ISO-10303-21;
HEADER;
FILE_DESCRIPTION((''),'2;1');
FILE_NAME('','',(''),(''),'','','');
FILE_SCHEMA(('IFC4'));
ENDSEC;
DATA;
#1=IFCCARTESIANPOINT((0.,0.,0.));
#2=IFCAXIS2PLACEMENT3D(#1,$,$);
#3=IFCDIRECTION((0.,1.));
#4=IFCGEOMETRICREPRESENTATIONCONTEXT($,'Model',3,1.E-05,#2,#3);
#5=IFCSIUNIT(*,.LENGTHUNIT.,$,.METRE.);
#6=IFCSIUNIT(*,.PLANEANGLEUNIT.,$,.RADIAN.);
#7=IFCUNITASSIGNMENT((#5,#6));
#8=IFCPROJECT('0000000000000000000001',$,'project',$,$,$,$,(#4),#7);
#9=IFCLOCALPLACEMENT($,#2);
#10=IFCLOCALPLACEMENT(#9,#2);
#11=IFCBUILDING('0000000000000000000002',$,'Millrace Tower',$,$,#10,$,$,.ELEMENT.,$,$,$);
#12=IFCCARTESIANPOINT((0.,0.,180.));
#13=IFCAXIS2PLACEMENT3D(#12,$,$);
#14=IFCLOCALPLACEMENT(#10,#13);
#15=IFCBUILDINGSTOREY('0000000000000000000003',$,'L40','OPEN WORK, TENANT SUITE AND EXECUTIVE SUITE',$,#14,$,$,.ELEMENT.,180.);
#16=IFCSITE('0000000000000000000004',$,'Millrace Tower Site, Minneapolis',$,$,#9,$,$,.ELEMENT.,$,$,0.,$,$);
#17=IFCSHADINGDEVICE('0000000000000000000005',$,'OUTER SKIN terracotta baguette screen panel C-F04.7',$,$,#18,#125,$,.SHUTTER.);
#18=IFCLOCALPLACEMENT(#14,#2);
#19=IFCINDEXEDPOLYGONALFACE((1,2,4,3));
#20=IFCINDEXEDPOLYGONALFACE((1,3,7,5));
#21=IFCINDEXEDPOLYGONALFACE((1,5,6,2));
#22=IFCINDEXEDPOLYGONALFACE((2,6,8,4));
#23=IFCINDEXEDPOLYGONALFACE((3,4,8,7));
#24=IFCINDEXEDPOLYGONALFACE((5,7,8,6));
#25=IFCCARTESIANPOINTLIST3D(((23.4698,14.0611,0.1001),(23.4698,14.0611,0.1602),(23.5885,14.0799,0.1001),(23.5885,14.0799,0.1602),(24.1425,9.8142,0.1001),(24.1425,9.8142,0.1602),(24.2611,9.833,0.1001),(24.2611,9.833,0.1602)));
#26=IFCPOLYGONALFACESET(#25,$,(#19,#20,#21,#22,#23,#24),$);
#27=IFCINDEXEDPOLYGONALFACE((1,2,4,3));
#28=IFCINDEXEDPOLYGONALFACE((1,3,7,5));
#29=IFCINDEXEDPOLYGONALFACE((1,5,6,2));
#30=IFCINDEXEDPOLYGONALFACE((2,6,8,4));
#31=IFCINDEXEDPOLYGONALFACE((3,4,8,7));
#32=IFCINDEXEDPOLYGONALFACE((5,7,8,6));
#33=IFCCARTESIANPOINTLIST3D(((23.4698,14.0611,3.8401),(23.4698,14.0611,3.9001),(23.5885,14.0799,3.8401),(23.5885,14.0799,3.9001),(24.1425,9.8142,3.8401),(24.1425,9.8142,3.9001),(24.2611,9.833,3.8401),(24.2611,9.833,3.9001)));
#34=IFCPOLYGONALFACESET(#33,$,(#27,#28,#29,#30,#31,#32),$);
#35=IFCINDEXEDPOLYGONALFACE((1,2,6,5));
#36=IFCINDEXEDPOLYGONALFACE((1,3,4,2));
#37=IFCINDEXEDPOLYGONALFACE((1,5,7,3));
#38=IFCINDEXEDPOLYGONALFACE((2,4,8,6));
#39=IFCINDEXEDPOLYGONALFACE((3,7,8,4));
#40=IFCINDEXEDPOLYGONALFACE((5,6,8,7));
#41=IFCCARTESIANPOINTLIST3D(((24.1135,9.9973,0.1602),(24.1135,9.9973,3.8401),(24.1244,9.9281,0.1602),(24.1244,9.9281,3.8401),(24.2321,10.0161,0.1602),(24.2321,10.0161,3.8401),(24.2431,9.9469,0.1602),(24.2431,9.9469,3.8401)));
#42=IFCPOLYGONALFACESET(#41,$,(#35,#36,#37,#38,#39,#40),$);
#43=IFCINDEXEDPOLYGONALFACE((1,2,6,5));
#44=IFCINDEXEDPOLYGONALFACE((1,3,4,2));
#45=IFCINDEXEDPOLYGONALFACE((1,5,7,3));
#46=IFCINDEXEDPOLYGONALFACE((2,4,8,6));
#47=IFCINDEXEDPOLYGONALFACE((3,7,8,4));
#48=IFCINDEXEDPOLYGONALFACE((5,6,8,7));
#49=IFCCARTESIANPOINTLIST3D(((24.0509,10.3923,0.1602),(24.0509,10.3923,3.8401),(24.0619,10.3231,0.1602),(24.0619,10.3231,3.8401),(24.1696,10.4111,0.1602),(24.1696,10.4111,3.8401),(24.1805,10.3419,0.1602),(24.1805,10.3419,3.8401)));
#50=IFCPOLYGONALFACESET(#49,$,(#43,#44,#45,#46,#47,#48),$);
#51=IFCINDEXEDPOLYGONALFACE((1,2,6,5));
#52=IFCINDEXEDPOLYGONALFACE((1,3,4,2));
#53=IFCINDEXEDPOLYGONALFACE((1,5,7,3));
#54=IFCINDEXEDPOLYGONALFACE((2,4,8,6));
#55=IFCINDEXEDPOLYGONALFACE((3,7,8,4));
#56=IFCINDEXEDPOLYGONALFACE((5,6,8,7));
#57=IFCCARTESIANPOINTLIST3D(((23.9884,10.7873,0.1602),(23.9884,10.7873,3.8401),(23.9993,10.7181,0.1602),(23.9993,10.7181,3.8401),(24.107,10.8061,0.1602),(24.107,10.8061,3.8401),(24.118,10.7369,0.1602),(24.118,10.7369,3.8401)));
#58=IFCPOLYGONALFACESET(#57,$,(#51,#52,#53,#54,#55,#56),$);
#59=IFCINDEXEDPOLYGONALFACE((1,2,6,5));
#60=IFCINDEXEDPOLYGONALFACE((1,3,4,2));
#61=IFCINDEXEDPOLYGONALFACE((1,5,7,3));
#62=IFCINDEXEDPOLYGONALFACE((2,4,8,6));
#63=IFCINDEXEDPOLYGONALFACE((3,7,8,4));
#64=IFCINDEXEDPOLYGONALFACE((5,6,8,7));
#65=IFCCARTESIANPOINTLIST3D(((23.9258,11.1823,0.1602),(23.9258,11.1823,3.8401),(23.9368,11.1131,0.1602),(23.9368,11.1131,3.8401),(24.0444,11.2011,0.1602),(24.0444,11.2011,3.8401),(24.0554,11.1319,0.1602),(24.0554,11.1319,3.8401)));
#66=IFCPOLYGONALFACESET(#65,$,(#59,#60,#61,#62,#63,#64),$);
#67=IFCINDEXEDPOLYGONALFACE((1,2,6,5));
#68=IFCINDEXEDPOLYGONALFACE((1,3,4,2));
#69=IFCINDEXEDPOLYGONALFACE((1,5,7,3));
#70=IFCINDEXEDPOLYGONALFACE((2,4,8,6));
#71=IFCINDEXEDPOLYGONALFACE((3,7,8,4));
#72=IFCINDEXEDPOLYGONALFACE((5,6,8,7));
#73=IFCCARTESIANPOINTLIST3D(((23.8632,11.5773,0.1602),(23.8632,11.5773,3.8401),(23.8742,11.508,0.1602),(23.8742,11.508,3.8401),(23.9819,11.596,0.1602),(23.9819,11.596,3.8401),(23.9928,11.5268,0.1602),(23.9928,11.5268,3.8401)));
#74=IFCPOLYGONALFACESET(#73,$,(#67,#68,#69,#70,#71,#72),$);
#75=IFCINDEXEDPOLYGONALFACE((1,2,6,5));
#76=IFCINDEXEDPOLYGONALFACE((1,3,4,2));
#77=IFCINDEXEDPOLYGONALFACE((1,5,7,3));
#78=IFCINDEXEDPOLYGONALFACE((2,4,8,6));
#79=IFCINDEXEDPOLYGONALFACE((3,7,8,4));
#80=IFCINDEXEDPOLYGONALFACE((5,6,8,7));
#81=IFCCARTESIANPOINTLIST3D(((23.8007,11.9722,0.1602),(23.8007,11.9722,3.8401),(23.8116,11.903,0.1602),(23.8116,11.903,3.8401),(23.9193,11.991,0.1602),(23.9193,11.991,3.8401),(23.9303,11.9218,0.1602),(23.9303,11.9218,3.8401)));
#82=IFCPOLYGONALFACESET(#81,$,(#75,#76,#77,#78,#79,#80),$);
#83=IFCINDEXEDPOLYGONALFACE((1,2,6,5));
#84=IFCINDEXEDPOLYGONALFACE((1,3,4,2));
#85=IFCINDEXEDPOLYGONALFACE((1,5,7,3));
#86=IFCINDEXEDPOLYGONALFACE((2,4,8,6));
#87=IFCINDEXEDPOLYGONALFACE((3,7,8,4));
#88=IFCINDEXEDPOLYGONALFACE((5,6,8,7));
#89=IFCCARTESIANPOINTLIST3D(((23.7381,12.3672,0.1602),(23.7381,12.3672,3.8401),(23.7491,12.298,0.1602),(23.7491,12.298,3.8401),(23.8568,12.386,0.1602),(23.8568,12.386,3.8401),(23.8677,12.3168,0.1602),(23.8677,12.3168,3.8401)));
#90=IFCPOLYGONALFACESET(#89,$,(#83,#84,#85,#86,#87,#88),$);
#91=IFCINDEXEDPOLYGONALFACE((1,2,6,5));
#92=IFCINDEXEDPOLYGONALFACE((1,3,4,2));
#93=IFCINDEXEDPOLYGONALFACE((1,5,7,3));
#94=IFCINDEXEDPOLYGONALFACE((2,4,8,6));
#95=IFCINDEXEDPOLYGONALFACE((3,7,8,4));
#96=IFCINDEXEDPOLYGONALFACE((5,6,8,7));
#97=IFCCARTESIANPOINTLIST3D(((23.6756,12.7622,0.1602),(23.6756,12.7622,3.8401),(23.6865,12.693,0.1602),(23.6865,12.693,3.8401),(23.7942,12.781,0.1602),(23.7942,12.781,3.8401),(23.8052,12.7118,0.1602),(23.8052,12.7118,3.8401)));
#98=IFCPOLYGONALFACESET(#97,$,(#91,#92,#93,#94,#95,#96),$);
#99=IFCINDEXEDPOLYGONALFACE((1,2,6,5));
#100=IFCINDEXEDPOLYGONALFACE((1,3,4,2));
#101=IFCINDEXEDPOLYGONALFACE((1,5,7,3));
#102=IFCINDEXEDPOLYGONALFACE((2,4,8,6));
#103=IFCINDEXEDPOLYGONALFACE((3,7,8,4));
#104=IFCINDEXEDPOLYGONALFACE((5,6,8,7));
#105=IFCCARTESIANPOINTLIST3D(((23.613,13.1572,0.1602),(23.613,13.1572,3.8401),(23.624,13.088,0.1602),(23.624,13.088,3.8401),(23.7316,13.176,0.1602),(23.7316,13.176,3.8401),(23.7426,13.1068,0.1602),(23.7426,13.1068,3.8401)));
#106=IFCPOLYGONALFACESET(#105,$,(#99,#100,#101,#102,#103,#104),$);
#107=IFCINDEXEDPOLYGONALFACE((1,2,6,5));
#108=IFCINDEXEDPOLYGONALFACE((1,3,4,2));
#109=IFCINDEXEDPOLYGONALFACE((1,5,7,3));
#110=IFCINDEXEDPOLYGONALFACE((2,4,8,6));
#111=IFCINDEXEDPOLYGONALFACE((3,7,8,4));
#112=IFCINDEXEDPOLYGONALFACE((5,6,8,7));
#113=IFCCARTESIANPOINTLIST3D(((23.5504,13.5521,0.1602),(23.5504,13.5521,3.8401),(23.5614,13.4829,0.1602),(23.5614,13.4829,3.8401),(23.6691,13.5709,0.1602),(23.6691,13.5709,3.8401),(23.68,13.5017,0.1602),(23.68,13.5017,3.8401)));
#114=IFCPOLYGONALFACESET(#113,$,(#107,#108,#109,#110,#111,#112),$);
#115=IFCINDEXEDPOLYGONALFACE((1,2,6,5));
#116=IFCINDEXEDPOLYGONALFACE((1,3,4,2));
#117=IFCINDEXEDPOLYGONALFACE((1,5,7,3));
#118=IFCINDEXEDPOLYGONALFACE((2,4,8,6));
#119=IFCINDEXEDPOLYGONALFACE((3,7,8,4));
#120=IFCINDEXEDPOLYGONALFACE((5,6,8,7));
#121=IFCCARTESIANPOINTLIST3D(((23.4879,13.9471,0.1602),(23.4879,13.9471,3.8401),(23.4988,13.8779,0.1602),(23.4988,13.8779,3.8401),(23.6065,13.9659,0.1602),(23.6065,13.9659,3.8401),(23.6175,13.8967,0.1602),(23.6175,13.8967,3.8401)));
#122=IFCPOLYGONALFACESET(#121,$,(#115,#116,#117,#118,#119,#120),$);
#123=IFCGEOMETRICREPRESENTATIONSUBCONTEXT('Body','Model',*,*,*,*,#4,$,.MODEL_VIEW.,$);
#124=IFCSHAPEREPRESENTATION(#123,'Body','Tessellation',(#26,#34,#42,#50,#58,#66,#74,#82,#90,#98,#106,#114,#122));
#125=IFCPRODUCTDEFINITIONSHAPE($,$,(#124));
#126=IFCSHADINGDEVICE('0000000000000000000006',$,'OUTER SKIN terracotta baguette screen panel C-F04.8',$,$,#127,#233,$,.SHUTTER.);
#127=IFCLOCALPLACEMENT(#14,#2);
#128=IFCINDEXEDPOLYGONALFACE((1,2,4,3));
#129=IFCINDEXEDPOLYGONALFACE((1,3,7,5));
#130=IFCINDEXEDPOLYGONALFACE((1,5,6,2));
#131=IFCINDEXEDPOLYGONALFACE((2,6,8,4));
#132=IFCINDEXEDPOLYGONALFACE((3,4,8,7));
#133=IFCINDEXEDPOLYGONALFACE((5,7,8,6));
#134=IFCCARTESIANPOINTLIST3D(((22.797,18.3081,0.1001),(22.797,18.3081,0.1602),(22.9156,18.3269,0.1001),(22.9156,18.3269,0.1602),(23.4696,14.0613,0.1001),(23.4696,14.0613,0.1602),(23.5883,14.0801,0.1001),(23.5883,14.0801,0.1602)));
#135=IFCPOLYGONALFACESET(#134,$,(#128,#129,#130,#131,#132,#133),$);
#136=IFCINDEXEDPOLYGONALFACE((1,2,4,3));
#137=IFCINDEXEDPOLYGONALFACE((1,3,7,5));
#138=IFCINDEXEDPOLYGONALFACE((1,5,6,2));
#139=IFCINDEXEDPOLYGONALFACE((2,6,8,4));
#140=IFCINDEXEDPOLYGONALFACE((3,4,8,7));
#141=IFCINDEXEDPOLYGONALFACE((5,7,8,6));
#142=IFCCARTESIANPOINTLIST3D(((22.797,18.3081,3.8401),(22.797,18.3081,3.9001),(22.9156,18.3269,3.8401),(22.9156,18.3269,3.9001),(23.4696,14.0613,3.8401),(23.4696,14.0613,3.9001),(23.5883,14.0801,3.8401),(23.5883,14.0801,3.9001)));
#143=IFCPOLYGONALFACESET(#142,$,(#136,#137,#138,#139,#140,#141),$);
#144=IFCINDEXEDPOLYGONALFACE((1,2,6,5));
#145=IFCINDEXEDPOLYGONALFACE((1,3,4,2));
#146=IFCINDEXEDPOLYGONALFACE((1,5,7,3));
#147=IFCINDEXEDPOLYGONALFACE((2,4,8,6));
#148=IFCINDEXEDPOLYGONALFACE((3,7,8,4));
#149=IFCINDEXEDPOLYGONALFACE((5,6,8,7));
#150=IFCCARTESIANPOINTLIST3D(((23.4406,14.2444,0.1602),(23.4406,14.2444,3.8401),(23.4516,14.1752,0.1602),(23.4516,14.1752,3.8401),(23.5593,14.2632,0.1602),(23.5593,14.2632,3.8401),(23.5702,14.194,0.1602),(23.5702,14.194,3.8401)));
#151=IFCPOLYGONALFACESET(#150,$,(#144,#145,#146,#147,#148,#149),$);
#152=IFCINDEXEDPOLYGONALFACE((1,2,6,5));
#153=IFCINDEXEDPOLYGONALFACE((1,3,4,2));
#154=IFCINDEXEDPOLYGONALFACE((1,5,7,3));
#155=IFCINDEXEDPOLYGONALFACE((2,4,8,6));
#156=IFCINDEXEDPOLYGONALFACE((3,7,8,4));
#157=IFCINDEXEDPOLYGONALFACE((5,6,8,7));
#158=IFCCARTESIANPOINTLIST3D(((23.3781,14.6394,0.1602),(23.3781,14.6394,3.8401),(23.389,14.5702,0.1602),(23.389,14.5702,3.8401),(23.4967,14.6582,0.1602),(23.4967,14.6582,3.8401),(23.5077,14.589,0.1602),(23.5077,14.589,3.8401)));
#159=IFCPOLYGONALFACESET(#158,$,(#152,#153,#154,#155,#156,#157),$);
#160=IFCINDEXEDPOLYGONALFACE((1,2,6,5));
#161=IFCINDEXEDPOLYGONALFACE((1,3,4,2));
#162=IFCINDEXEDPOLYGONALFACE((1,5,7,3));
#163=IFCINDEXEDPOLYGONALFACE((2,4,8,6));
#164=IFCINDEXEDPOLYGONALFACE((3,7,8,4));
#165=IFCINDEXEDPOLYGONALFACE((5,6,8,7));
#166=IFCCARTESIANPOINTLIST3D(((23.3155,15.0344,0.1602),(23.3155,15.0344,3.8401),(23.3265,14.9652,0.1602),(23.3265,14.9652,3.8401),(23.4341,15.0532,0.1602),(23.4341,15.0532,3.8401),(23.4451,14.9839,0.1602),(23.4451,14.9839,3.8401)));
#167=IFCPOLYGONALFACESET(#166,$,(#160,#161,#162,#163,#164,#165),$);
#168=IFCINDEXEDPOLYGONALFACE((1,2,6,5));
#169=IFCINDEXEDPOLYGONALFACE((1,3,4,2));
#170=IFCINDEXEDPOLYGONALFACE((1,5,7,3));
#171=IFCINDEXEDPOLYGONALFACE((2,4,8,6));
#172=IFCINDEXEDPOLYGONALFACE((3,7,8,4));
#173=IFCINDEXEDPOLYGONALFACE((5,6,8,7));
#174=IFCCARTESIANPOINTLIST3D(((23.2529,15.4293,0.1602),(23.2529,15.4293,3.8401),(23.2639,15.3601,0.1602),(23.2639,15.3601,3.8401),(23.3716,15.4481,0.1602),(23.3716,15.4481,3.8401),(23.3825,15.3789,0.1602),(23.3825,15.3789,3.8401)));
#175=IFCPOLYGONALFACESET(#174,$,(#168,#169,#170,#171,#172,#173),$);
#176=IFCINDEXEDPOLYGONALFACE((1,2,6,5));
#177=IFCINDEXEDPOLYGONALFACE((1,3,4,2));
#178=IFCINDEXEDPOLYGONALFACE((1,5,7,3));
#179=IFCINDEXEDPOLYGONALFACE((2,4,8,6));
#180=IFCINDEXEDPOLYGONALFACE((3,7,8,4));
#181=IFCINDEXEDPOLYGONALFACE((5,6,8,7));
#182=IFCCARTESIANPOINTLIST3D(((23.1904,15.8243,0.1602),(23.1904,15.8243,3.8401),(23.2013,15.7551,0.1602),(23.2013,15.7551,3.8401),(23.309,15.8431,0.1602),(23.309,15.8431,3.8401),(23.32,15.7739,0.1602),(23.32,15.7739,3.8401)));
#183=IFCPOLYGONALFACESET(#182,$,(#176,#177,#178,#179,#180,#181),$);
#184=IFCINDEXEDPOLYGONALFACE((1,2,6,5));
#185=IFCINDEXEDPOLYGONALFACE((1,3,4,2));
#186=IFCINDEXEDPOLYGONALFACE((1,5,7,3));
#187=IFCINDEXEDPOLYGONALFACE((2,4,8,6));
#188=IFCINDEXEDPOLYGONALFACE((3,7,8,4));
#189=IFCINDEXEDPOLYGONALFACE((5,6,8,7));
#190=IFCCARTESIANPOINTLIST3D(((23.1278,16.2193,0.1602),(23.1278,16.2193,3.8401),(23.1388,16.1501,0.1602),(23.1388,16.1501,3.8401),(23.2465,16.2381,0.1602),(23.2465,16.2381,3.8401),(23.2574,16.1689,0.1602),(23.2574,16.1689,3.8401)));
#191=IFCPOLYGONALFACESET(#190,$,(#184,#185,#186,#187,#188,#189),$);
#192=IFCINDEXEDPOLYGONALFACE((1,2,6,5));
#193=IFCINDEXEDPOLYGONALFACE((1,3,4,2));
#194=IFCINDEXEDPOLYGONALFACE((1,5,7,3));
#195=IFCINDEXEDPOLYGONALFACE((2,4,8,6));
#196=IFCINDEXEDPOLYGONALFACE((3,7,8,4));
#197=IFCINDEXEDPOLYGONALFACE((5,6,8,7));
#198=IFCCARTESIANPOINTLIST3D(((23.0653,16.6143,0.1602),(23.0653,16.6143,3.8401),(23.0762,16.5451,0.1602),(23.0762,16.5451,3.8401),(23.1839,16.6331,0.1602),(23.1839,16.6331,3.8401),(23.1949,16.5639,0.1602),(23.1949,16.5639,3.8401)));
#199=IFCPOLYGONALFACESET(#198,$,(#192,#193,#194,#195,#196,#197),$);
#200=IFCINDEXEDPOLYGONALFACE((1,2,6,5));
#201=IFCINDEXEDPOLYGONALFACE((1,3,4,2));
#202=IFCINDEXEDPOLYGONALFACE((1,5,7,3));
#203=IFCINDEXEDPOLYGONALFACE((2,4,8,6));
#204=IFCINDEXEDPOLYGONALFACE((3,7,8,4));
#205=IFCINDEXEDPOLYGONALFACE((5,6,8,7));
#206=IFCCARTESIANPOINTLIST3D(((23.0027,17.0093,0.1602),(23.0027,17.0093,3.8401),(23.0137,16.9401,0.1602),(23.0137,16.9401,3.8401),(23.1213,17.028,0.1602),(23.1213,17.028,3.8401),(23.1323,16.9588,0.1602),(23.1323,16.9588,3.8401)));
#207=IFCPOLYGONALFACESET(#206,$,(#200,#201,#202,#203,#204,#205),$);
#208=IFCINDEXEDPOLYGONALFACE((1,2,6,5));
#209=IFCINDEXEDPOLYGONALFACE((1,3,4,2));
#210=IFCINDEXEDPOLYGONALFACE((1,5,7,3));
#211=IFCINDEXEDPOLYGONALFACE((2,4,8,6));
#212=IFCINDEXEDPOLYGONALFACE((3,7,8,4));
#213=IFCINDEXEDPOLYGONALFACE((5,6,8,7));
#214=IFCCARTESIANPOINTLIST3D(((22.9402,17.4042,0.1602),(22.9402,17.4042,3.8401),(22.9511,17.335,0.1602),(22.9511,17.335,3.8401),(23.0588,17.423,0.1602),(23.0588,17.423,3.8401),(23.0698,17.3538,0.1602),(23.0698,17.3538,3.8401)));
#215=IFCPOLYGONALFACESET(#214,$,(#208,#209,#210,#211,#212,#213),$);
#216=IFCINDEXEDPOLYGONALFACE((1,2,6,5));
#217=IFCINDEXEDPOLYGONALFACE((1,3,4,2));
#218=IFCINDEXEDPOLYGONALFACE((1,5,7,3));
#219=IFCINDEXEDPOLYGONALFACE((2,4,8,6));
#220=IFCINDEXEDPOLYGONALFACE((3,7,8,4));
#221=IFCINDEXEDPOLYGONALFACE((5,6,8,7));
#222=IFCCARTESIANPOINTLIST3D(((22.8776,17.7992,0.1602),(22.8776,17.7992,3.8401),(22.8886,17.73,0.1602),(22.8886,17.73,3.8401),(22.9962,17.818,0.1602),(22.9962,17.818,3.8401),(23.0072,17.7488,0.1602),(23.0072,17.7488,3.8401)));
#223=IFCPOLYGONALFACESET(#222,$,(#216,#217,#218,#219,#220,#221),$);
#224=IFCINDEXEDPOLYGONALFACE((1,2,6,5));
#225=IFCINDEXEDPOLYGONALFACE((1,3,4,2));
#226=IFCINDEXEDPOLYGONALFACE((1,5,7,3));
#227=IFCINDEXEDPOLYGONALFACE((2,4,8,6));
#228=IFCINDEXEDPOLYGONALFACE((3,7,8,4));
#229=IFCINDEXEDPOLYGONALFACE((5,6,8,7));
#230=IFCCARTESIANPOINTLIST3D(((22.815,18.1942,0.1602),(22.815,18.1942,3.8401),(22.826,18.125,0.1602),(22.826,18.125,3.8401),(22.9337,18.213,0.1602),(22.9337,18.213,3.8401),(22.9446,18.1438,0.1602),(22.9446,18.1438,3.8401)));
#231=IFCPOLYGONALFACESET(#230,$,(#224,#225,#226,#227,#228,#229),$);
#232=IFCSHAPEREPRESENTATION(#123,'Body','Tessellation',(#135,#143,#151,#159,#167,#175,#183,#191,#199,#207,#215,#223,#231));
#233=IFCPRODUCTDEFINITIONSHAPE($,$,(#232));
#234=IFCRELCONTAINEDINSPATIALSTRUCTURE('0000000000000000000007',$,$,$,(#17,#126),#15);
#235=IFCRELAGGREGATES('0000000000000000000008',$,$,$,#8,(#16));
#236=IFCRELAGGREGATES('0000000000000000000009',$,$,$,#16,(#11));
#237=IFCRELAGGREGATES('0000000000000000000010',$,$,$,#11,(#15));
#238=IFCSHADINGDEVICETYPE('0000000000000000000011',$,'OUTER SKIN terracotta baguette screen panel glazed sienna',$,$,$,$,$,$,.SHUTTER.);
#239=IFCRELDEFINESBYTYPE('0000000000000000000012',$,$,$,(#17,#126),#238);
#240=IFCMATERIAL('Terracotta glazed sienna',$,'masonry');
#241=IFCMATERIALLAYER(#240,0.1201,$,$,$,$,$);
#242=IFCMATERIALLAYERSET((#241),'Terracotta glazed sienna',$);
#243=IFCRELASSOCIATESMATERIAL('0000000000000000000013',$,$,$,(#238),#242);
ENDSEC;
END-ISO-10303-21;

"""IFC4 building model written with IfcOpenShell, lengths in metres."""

from ifc_helpers import new_model, entity, si_unit, direction, frame, frame_2d, origin, origin_2d, place, context, subcontext, project, spatial, rectangle, extrude, source, transform, mapped, material, layer, layer_set, type_object, element, save


model = new_model("IFC4")

# Units and contexts
model_context = context("Model", 3, precision=1e-05, world=origin(), true_north=direction((0.0, 1.0)))
body_context = subcontext(model_context, "Body", "Model", "MODEL_VIEW")
ifc_project = project(units=[si_unit("LENGTHUNIT", "METRE"), si_unit("PLANEANGLEUNIT", "RADIAN")], contexts=[model_context])

# Site, building, storey
site_placement = place(None, origin())
site = spatial("IfcSite", under=ifc_project, at=site_placement, Name="Millrace Tower Site, Minneapolis", CompositionType="ELEMENT", RefElevation=0.0)
building_placement = place(site_placement, origin())
building = spatial("IfcBuilding", under=site, at=building_placement, Name="Millrace Tower", CompositionType="ELEMENT")
storey_placement = place(building_placement, frame((0.0, 0.0, 180.0)))
storey = spatial("IfcBuildingStorey", under=building, at=storey_placement, Name="L40", Description="OPEN WORK, TENANT SUITE AND EXECUTIVE SUITE", CompositionType="ELEMENT", Elevation=180.0)

# Shading devices
ifc_material_1 = material(Name="Terracotta glazed sienna", Category="masonry")
ifc_layer_1 = layer(ifc_material_1, 0.1201)
ifc_layer_set_1 = layer_set([ifc_layer_1], Name="Terracotta glazed sienna")
shading_device_type = type_object("IfcShadingDeviceType", Name="OUTER SKIN terracotta baguette screen panel glazed sienna", PredefinedType="SHUTTER", material=ifc_layer_set_1)
cartesian_point_1 = entity("IfcCartesianPoint", [-2.1499, 0.0601])
shared_polyline_1 = entity("IfcPolyline", [cartesian_point_1, entity("IfcCartesianPoint", [2.1499, 0.0601]), entity("IfcCartesianPoint", [2.1499, -0.0601]), entity("IfcCartesianPoint", [-2.1499, -0.0601]), cartesian_point_1])
shared_shape_1 = source(origin(), body_context, "Body", "SweptSolid", [
    entity("IfcExtrudedAreaSolid", entity("IfcArbitraryClosedProfileDef", "AREA", None, shared_polyline_1), entity("IfcAxis2Placement3D", entity("IfcCartesianPoint", [0.0, 0.0, 0.0])), entity("IfcDirection", [0.0, 0.0, 1.0]), 0.0601),
    entity("IfcExtrudedAreaSolid", entity("IfcArbitraryClosedProfileDef", "AREA", None, shared_polyline_1), entity("IfcAxis2Placement3D", entity("IfcCartesianPoint", [0.0, 0.0, 3.74])), entity("IfcDirection", [0.0, 0.0, 1.0]), 0.0601),
    extrude(rectangle(XDim=0.0701, YDim=0.1201, at=frame_2d((-1.9995, 0.0))), frame((0.0, 0.0, 0.0601)), (0.0, 0.0, 1.0), 3.6799),
    extrude(rectangle(XDim=0.0701, YDim=0.1201, at=frame_2d((-1.5996, 0.0))), frame((0.0, 0.0, 0.0601)), (0.0, 0.0, 1.0), 3.6799),
    extrude(rectangle(XDim=0.0701, YDim=0.1201, at=frame_2d((-1.1997, 0.0))), frame((0.0, 0.0, 0.0601)), (0.0, 0.0, 1.0), 3.6799),
    extrude(rectangle(XDim=0.0701, YDim=0.1201, at=frame_2d((-0.7998, 0.0))), frame((0.0, 0.0, 0.0601)), (0.0, 0.0, 1.0), 3.6799),
    extrude(rectangle(XDim=0.0701, YDim=0.1201, at=frame_2d((-0.3999, 0.0))), frame((0.0, 0.0, 0.0601)), (0.0, 0.0, 1.0), 3.6799),
    extrude(rectangle(XDim=0.0701, YDim=0.1201, at=origin_2d()), frame((0.0, 0.0, 0.0601)), (0.0, 0.0, 1.0), 3.6799),
    extrude(rectangle(XDim=0.0701, YDim=0.1201, at=frame_2d((0.3999, 0.0))), frame((0.0, 0.0, 0.0601)), (0.0, 0.0, 1.0), 3.6799),
    extrude(rectangle(XDim=0.0701, YDim=0.1201, at=frame_2d((0.7998, 0.0))), frame((0.0, 0.0, 0.0601)), (0.0, 0.0, 1.0), 3.6799),
    extrude(rectangle(XDim=0.0701, YDim=0.1201, at=frame_2d((1.1997, 0.0))), frame((0.0, 0.0, 0.0601)), (0.0, 0.0, 1.0), 3.6799),
    extrude(rectangle(XDim=0.0701, YDim=0.1201, at=frame_2d((1.5996, 0.0))), frame((0.0, 0.0, 0.0601)), (0.0, 0.0, 1.0), 3.6799),
    extrude(rectangle(XDim=0.0701, YDim=0.1201, at=frame_2d((1.9995, 0.0))), frame((0.0, 0.0, 0.0601)), (0.0, 0.0, 1.0), 3.6799),
])
for number, where, z_axis, x_axis, name in (
    (1, (23.8655, 11.947, 0.1001), (0.0, 0.0, 1.0), (-0.156434, 0.987688, 0.0), "OUTER SKIN terracotta baguette screen panel C-F04.7"),
    (2, (23.1926, 16.1941, 0.1001), (0.0, 0.0, 1.0), (-0.156434, 0.987688, 0.0), "OUTER SKIN terracotta baguette screen panel C-F04.8"),
):
    element("IfcShadingDevice", number, at=place(storey_placement, frame(where, z_axis=z_axis, x_axis=x_axis)), inside=storey, type_object=shading_device_type, Name=name, PredefinedType="SHUTTER", context=body_context, shape_type="MappedRepresentation", body=[
        mapped(shared_shape_1, transform((0.0, 0.0, 0.0), scale=1.0)),
    ])

save(model, "model.ifc")
